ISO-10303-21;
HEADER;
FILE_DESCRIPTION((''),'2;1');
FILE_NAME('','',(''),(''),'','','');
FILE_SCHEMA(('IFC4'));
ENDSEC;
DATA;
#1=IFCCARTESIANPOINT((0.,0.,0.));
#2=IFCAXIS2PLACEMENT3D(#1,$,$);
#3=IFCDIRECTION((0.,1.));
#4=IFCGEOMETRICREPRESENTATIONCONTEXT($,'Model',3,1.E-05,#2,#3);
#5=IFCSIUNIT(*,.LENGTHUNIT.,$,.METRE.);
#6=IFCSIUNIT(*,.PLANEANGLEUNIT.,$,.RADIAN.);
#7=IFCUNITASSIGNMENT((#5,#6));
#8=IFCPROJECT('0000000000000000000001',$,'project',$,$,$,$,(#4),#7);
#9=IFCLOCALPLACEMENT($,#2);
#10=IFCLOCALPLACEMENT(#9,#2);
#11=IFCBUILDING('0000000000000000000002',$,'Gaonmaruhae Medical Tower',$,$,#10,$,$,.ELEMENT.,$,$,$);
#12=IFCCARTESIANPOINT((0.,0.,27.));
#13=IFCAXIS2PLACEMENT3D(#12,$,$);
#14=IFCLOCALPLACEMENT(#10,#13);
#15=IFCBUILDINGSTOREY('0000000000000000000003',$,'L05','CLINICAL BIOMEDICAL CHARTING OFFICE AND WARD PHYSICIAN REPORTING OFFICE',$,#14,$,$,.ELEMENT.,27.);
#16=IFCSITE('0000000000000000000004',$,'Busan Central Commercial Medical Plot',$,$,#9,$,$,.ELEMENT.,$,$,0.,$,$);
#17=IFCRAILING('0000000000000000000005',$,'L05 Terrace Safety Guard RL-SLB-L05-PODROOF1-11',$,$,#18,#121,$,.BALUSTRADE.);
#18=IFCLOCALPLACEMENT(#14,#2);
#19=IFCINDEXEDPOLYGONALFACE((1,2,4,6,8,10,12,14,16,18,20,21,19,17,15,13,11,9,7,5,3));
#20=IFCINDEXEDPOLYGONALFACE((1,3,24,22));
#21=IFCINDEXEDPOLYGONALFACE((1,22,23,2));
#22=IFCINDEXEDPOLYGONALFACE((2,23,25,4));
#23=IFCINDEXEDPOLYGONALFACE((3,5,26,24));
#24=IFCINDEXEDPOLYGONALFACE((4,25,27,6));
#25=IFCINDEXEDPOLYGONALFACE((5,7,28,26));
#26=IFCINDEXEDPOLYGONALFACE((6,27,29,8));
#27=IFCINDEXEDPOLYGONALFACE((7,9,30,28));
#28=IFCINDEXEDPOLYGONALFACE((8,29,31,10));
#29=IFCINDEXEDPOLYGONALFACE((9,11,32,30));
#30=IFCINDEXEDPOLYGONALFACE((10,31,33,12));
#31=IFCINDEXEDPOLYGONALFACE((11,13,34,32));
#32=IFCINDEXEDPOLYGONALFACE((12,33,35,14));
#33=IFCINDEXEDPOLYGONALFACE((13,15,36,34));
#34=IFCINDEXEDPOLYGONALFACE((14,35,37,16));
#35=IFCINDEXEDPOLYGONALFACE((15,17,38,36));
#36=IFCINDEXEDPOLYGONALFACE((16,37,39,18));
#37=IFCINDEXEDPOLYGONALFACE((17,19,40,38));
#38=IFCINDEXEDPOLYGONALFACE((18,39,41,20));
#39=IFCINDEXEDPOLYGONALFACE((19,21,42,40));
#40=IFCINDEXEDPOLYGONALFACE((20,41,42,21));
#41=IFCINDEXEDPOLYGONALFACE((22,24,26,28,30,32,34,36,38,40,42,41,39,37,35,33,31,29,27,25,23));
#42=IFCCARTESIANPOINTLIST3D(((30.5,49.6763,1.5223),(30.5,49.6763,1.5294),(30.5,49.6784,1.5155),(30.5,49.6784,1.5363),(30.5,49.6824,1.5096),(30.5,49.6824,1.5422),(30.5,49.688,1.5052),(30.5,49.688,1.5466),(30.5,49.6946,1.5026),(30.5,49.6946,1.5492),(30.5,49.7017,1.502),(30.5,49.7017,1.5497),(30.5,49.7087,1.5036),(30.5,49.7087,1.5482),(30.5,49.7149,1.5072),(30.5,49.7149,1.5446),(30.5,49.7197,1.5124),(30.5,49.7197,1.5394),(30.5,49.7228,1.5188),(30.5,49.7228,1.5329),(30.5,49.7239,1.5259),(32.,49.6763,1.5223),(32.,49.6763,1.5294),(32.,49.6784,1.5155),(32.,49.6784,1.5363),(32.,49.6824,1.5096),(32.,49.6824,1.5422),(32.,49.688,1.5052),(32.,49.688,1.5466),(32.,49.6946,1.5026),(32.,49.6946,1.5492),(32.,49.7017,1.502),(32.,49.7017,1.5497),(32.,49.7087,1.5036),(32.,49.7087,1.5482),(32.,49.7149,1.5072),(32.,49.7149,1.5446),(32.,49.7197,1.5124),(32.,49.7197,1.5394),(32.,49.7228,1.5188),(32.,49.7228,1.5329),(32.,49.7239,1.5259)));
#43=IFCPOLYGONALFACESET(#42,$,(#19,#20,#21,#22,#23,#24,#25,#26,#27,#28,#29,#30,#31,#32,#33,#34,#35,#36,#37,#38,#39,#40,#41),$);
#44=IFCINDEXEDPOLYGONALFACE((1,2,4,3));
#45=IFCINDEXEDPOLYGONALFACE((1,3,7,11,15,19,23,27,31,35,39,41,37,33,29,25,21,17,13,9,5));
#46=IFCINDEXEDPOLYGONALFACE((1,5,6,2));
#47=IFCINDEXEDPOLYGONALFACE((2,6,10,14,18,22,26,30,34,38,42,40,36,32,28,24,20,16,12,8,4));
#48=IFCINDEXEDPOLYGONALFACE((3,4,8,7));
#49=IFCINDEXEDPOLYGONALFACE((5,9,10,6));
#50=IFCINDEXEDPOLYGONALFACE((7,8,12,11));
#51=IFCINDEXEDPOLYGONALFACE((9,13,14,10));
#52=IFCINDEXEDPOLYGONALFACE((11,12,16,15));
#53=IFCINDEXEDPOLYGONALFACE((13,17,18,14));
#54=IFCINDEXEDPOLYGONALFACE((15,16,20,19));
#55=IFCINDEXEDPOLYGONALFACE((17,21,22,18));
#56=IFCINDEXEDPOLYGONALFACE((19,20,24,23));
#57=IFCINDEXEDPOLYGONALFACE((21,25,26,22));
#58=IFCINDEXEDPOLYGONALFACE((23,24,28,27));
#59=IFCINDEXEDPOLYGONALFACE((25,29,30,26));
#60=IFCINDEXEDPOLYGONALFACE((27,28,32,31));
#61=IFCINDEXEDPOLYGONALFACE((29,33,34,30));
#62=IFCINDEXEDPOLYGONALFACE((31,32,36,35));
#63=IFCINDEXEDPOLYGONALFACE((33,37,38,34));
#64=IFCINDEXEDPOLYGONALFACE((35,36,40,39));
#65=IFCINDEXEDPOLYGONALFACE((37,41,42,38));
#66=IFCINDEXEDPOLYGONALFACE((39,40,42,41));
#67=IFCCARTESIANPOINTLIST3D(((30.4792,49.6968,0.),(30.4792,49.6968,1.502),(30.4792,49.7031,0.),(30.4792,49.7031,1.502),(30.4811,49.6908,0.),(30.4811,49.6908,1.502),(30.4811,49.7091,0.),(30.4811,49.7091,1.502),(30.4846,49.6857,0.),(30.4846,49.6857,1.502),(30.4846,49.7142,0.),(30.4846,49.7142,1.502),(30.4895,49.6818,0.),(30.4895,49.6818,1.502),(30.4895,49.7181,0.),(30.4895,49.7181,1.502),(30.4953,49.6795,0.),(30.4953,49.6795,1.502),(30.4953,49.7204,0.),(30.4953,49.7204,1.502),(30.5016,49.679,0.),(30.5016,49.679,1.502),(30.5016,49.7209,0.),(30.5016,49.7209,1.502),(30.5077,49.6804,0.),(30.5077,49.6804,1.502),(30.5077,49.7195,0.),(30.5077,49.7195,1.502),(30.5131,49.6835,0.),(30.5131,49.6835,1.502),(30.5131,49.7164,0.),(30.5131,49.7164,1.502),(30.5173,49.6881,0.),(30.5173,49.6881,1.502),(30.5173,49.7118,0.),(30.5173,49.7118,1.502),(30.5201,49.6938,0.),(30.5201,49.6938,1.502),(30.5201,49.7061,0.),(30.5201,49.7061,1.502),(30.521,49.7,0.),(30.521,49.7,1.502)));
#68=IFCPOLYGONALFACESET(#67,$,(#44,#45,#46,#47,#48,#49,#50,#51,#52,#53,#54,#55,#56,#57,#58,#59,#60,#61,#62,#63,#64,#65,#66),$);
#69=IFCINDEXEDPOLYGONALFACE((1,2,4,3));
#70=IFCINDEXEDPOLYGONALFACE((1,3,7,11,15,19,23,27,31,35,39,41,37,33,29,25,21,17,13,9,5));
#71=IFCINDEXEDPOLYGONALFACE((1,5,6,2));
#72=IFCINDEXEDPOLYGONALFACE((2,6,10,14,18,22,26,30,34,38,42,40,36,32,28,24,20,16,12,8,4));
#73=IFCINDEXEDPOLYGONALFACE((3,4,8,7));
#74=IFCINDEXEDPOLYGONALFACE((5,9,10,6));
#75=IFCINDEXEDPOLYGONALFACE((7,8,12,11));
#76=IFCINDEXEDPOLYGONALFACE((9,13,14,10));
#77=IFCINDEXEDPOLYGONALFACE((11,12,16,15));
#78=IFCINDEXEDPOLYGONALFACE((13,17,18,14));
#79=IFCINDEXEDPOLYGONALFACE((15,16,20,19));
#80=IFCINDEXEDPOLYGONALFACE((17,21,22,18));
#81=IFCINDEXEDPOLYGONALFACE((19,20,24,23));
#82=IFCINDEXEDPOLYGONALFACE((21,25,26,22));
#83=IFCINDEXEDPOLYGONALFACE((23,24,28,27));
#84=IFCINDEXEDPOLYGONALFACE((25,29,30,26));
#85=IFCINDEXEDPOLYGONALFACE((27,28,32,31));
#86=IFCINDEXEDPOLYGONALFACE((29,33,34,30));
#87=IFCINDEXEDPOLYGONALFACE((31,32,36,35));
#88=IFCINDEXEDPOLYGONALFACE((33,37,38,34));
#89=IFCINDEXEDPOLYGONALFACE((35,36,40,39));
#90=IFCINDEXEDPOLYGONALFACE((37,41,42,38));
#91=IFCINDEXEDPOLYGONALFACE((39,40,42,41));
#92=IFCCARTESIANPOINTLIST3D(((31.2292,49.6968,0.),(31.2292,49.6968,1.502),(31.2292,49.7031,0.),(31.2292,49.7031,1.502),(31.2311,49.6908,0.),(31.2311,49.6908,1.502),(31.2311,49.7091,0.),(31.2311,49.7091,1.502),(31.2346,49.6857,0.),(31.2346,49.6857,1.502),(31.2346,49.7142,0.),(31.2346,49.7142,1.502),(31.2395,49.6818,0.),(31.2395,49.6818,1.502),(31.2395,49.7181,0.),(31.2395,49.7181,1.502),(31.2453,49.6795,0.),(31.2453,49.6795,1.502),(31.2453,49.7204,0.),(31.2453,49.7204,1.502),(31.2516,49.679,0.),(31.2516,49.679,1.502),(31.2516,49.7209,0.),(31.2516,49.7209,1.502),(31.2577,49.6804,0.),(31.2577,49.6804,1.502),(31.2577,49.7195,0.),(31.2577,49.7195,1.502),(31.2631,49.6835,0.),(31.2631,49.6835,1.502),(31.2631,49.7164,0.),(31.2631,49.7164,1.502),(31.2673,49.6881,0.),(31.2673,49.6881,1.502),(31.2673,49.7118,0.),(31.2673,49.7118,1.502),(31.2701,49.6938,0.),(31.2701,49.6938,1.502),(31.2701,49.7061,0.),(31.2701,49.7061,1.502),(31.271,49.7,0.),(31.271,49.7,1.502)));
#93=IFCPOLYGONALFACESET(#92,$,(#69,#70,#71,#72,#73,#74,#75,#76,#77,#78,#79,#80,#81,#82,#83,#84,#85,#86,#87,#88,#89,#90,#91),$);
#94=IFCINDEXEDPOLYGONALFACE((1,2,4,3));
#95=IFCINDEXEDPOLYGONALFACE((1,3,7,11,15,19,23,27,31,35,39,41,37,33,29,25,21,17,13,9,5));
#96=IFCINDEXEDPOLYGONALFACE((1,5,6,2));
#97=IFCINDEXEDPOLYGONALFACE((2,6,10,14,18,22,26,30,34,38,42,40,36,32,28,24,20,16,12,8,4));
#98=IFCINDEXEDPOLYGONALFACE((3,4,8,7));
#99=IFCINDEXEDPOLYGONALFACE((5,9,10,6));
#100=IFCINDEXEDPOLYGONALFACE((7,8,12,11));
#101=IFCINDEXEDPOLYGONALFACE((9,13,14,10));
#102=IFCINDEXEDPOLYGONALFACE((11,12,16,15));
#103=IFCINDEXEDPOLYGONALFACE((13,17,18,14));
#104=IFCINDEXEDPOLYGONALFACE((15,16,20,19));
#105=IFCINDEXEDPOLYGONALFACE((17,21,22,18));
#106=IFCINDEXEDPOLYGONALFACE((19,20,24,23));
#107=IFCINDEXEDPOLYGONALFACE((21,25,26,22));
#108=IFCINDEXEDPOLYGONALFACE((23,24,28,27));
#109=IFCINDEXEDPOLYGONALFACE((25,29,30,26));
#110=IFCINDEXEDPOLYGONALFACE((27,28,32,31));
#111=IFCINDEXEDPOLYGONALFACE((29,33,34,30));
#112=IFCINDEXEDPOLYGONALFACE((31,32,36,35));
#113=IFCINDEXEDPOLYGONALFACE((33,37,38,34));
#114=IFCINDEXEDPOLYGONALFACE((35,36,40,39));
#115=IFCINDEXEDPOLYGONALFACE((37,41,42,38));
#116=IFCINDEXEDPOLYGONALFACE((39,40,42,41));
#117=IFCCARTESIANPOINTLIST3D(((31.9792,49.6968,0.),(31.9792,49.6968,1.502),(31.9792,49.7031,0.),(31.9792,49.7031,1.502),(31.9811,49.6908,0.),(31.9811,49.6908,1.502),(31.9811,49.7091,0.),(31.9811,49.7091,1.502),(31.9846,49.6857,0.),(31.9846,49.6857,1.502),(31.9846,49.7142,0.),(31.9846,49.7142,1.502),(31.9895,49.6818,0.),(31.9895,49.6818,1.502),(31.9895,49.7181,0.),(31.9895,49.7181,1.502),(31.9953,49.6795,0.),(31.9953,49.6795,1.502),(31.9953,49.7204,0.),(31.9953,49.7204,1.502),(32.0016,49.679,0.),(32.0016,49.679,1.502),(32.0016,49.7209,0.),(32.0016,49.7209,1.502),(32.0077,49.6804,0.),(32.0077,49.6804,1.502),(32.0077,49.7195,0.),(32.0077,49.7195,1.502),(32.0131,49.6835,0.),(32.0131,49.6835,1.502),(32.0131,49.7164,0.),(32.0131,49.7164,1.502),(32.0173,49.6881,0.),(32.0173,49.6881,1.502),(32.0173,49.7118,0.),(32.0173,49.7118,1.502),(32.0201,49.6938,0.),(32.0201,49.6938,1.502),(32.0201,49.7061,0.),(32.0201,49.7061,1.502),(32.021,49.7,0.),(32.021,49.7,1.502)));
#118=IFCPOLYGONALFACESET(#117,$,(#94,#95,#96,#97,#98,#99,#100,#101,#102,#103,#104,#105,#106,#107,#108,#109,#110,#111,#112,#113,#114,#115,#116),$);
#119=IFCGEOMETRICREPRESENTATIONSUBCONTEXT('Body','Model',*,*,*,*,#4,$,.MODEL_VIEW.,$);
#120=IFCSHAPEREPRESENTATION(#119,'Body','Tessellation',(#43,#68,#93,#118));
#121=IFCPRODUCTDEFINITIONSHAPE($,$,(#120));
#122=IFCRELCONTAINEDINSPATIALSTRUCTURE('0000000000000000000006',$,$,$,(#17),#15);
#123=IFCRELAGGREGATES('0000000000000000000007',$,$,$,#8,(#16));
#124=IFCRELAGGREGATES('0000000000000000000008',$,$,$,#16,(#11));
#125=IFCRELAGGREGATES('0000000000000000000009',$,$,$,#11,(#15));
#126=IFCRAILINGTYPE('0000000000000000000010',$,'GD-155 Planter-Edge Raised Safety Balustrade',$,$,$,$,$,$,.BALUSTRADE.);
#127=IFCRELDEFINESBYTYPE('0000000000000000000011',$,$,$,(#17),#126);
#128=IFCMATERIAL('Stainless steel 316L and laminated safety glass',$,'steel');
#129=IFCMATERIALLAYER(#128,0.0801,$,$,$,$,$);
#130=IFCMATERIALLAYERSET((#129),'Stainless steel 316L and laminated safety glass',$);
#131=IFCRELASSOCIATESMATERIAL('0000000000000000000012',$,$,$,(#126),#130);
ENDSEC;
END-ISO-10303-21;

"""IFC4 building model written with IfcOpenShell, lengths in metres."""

from ifc_helpers import new_model, si_unit, direction, frame, origin, origin_2d, place, context, subcontext, project, spatial, circle, extrude, material, layer, layer_set, type_object, element, save


model = new_model("IFC4")

# Units and contexts
model_context = context("Model", 3, precision=1e-05, world=origin(), true_north=direction((0.0, 1.0)))
body_context = subcontext(model_context, "Body", "Model", "MODEL_VIEW")
ifc_project = project(units=[si_unit("LENGTHUNIT", "METRE"), si_unit("PLANEANGLEUNIT", "RADIAN")], contexts=[model_context])

# Site, building, storey
site_placement = place(None, origin())
site = spatial("IfcSite", under=ifc_project, at=site_placement, Name="Busan Central Commercial Medical Plot", CompositionType="ELEMENT", RefElevation=0.0)
building_placement = place(site_placement, origin())
building = spatial("IfcBuilding", under=site, at=building_placement, Name="Gaonmaruhae Medical Tower", CompositionType="ELEMENT")
storey_placement = place(building_placement, frame((0.0, 0.0, 27.0)))
storey = spatial("IfcBuildingStorey", under=building, at=storey_placement, Name="L05", Description="CLINICAL BIOMEDICAL CHARTING OFFICE AND WARD PHYSICIAN REPORTING OFFICE", CompositionType="ELEMENT", Elevation=27.0)

# Railing
ifc_material_1 = material(Name="Stainless steel 316L and laminated safety glass", Category="steel")
ifc_layer_1 = layer(ifc_material_1, 0.0801)
ifc_layer_set_1 = layer_set([ifc_layer_1], Name="Stainless steel 316L and laminated safety glass")
railing_type = type_object("IfcRailingType", Name="GD-155 Planter-Edge Raised Safety Balustrade", PredefinedType="BALUSTRADE", material=ifc_layer_set_1)
railing_1_placement = place(storey_placement, frame((30.5, 49.7, 0.0)))
element("IfcRailing", 1, at=railing_1_placement, inside=storey, type_object=railing_type, Name="L05 Terrace Safety Guard RL-SLB-L05-PODROOF1-11", PredefinedType="BALUSTRADE", context=body_context, shape_type="SweptSolid", body=[
    extrude(circle(Radius=0.0239, at=origin_2d()), frame((0.0, 0.0, 1.5259), z_axis=(1.0, 0.0, 0.0), x_axis=(0.0, 1.0, 0.0)), (0.0, 0.0, 1.0), 1.5),
    extrude(circle(Radius=0.021, at=origin_2d()), origin(), (0.0, 0.0, 1.0), 1.502),
    extrude(circle(Radius=0.021, at=origin_2d()), frame((0.75, 0.0, 0.0)), (0.0, 0.0, 1.0), 1.502),
    extrude(circle(Radius=0.021, at=origin_2d()), frame((1.5, 0.0, 0.0)), (0.0, 0.0, 1.0), 1.502),
])

save(model, "model.ifc")
